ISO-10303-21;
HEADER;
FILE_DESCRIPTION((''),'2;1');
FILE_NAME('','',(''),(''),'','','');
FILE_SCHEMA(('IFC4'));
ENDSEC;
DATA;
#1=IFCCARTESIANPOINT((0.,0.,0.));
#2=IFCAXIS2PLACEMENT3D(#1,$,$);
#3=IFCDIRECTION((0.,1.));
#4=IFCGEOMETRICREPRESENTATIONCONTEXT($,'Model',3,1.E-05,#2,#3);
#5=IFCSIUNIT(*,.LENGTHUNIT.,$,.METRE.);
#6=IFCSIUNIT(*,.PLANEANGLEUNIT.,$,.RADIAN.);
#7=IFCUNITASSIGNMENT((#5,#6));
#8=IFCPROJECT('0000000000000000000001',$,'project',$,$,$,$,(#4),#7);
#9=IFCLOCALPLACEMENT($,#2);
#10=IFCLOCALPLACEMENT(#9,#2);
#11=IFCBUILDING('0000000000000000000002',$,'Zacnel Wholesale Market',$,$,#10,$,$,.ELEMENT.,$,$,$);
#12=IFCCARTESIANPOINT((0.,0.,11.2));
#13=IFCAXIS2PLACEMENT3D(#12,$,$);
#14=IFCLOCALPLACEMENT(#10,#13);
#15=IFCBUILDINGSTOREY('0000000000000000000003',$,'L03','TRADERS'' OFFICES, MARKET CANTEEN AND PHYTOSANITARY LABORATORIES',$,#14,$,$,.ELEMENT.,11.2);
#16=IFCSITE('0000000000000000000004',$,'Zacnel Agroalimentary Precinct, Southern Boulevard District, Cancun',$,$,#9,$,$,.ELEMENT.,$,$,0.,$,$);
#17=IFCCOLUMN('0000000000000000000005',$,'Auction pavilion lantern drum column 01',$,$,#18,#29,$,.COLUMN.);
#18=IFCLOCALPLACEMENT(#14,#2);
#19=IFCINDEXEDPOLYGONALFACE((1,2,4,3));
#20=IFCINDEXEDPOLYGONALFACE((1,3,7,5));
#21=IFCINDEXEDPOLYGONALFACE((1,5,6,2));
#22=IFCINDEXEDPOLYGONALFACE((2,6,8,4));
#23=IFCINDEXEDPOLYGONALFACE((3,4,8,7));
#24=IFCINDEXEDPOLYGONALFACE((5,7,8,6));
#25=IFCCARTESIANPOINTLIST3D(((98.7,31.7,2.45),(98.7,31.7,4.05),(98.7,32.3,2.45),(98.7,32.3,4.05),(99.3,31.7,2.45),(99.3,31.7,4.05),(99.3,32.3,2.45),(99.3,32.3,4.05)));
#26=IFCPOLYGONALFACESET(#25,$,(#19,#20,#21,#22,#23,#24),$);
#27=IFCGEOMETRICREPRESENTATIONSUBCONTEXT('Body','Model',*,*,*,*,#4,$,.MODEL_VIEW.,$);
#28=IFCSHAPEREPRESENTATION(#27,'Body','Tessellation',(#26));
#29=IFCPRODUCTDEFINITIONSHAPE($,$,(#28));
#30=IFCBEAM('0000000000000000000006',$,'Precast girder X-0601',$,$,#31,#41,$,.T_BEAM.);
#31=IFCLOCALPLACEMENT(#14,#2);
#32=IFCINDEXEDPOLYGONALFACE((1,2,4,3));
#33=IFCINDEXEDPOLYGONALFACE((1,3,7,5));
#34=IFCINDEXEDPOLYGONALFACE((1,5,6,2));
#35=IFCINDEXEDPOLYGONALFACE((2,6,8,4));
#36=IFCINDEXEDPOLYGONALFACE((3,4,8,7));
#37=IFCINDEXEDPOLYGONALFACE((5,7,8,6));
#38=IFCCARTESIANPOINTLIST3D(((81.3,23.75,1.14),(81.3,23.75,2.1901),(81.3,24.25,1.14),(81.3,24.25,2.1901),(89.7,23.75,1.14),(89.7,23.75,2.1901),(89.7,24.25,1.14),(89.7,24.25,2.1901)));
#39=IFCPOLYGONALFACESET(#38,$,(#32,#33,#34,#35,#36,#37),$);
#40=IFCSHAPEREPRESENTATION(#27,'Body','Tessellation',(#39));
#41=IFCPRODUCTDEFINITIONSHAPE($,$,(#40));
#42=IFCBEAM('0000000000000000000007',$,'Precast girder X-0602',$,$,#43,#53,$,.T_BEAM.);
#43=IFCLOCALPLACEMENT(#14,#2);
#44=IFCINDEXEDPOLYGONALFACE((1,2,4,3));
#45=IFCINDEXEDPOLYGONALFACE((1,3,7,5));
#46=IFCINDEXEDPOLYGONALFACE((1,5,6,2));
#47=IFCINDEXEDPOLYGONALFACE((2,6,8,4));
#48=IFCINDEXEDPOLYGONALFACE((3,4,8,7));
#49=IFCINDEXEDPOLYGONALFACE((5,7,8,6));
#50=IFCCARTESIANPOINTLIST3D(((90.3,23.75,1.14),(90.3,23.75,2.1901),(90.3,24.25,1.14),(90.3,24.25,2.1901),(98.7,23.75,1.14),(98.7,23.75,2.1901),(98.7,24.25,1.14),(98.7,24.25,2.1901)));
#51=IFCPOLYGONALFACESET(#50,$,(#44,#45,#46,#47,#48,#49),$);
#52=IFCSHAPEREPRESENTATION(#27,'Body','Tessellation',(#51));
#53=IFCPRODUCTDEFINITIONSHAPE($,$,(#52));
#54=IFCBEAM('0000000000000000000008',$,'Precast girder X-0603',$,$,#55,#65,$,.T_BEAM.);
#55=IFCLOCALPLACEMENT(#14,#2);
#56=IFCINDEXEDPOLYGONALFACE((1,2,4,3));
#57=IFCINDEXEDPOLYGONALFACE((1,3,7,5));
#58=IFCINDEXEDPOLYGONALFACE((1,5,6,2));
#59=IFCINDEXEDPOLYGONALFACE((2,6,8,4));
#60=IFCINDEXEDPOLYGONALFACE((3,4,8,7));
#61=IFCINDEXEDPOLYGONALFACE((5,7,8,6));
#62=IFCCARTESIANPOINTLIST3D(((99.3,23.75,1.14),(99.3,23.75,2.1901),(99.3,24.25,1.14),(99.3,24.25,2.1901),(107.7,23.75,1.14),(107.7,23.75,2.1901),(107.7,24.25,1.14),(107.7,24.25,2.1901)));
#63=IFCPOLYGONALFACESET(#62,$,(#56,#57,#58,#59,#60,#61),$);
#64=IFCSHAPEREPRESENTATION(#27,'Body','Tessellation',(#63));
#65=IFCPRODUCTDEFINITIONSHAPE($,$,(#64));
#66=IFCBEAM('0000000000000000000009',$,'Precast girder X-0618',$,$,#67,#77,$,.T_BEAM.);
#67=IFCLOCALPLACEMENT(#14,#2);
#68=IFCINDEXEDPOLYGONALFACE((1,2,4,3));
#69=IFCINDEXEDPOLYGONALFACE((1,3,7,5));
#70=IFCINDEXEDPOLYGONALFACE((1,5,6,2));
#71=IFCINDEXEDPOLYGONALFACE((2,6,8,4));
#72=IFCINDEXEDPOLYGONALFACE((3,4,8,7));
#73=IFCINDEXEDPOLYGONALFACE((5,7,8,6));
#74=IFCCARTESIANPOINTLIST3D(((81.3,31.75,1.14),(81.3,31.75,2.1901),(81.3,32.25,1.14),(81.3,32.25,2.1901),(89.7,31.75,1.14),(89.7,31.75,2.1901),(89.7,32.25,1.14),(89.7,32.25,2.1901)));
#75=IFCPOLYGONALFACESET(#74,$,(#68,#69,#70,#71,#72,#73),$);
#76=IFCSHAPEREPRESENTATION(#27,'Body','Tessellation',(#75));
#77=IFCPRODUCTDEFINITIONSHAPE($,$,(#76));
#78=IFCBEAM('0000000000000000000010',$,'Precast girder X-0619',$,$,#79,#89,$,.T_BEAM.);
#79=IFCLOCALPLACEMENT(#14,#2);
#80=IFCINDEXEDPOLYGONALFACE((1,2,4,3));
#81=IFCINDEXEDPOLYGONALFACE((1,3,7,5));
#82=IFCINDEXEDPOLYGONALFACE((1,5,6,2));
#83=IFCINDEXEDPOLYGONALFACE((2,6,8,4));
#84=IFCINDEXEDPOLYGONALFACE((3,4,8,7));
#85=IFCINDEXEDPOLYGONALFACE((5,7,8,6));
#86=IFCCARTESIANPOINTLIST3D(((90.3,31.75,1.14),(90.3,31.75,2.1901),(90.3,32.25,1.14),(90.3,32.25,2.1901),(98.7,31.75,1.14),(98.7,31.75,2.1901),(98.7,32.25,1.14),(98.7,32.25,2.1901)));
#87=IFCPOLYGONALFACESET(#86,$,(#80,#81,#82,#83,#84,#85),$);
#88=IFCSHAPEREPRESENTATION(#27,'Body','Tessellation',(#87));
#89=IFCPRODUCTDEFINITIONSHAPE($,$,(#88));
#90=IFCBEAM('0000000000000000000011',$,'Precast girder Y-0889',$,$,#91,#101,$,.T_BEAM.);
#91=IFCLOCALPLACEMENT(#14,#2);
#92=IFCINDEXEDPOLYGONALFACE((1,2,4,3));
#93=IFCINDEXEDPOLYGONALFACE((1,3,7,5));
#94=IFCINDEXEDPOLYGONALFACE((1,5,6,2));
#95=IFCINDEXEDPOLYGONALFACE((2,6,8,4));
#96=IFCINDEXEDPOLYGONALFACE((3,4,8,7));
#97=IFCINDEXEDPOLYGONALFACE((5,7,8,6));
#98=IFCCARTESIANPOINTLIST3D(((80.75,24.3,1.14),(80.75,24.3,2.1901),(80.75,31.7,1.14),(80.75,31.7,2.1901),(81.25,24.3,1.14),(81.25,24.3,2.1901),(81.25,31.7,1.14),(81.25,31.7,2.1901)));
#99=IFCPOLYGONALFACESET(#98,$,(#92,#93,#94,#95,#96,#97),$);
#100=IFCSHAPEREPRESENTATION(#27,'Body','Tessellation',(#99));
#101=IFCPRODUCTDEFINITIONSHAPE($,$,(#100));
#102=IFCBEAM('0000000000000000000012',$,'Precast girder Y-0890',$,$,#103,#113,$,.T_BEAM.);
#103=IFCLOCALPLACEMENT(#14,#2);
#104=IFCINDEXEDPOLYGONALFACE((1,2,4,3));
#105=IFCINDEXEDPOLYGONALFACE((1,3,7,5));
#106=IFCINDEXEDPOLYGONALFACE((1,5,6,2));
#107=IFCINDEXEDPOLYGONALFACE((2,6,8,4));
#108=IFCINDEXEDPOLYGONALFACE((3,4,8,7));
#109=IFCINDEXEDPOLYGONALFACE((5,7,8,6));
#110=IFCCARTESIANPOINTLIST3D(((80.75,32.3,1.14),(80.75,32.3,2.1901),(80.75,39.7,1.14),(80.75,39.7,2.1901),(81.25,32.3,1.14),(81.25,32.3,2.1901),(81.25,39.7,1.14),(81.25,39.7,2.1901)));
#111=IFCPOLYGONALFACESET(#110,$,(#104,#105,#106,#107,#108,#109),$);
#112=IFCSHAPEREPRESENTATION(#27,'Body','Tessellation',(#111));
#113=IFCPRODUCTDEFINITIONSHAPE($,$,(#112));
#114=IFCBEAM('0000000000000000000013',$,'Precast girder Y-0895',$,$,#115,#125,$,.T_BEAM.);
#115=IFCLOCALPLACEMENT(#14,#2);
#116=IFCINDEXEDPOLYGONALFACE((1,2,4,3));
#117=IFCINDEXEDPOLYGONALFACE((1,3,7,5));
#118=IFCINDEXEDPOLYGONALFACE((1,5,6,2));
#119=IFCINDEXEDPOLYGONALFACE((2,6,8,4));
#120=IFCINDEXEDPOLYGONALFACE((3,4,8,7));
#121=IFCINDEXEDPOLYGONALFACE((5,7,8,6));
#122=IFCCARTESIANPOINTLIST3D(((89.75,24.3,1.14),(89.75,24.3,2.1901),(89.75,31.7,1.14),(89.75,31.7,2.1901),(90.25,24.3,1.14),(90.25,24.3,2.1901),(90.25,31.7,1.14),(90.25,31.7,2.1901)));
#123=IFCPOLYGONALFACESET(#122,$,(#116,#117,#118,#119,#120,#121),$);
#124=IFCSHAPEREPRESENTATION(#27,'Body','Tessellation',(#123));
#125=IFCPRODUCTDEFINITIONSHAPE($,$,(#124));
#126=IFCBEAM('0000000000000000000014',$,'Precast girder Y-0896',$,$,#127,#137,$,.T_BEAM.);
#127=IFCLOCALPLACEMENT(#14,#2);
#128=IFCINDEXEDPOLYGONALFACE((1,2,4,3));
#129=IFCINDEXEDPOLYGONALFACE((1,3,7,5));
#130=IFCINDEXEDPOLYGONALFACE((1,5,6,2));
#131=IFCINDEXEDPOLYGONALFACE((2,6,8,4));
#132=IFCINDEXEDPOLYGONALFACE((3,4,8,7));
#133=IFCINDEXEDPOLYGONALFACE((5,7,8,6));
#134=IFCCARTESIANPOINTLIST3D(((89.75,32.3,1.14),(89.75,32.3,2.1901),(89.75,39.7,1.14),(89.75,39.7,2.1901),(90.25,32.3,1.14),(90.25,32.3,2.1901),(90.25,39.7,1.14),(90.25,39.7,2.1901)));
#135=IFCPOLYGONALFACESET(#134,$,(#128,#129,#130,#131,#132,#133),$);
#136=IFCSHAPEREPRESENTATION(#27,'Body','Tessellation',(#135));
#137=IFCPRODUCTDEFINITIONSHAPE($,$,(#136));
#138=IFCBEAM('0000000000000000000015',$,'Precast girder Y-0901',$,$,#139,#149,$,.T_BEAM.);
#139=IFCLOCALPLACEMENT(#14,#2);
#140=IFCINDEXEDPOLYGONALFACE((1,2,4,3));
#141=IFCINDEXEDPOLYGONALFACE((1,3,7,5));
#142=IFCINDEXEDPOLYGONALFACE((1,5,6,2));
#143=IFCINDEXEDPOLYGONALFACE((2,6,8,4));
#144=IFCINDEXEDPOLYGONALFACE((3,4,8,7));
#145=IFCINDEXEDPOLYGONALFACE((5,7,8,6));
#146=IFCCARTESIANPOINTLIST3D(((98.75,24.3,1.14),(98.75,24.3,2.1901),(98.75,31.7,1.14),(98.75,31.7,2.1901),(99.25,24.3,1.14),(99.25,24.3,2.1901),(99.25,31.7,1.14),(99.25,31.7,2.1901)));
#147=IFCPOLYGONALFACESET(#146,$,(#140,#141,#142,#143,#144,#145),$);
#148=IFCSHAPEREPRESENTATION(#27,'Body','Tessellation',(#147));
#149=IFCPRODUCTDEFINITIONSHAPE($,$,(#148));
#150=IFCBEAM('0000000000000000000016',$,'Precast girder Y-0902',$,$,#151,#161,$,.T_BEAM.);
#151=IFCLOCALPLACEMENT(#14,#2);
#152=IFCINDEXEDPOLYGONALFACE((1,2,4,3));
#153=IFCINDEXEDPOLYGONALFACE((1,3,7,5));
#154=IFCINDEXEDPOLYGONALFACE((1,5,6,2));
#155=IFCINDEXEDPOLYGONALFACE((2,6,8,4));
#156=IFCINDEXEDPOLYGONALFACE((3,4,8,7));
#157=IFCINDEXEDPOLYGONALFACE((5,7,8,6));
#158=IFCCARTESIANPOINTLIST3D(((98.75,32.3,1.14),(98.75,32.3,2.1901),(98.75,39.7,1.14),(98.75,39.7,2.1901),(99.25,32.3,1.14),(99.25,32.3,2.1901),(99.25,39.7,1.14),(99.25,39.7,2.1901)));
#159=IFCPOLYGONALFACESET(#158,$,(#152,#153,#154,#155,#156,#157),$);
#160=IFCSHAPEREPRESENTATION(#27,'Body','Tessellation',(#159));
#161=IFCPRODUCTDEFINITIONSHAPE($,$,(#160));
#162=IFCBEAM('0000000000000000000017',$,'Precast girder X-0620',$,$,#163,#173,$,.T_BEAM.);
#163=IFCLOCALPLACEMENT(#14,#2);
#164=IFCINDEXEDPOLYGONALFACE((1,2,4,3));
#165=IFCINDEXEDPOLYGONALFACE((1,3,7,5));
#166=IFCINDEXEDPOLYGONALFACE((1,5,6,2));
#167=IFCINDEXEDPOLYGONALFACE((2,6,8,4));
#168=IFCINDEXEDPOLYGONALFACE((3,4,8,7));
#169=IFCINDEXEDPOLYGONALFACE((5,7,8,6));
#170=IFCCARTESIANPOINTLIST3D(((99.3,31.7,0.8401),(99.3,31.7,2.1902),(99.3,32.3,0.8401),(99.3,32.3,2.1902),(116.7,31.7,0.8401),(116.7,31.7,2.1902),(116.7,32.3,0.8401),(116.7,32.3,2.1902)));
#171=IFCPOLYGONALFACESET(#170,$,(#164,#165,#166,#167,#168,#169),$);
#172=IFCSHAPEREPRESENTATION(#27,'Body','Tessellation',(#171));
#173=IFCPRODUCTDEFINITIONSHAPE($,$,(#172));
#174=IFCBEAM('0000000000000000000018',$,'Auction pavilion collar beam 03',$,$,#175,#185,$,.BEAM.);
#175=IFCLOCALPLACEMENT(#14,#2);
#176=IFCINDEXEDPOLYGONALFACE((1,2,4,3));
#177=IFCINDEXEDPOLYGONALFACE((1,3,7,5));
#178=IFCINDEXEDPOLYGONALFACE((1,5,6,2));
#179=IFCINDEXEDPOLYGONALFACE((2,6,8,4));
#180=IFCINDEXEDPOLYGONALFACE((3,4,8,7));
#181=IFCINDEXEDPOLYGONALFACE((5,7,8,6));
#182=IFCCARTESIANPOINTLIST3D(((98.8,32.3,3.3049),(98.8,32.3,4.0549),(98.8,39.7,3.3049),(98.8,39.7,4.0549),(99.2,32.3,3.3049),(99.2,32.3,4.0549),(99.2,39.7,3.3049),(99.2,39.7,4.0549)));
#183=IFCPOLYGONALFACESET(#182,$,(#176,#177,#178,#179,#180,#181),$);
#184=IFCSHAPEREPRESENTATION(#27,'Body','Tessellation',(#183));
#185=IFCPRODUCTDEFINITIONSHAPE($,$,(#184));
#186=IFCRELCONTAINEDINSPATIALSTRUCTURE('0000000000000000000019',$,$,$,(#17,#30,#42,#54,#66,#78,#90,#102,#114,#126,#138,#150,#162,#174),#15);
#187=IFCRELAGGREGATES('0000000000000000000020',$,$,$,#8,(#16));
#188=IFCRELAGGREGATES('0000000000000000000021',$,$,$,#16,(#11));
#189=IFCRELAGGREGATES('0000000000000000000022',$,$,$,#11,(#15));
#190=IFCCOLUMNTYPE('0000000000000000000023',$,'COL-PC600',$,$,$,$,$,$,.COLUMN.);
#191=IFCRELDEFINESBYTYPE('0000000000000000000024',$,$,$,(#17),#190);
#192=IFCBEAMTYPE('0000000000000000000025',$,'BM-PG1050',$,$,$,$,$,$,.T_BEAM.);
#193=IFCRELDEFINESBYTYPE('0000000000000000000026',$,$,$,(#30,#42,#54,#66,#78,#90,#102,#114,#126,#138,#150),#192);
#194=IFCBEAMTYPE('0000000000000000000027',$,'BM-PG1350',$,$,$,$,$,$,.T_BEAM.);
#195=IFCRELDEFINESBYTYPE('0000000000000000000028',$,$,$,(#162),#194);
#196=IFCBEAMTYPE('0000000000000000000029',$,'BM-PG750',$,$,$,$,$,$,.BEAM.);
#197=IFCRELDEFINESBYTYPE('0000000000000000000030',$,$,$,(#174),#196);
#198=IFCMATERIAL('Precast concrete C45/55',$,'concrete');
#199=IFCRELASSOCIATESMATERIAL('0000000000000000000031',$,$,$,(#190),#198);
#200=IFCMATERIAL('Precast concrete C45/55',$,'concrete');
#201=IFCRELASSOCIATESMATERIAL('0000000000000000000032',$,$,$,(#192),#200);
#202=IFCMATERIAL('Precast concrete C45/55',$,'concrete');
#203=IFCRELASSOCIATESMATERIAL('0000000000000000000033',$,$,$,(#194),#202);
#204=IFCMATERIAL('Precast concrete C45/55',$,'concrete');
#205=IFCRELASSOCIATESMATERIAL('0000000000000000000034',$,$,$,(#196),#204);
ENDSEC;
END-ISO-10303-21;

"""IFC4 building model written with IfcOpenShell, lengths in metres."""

from ifc_helpers import new_model, si_unit, direction, frame, origin, origin_2d, place, context, subcontext, project, spatial, rectangle, extrude, material, material_profile, profile_set, type_object, element, save


model = new_model("IFC4")

# Units and contexts
model_context = context("Model", 3, precision=1e-05, world=origin(), true_north=direction((0.0, 1.0)))
body_context = subcontext(model_context, "Body", "Model", "MODEL_VIEW")
ifc_project = project(units=[si_unit("LENGTHUNIT", "METRE"), si_unit("PLANEANGLEUNIT", "RADIAN")], contexts=[model_context])

# Site, building, storey
site_placement = place(None, origin())
site = spatial("IfcSite", under=ifc_project, at=site_placement, Name="Zacnel Agroalimentary Precinct, Southern Boulevard District, Cancun", CompositionType="ELEMENT", RefElevation=0.0)
building_placement = place(site_placement, origin())
building = spatial("IfcBuilding", under=site, at=building_placement, Name="Zacnel Wholesale Market", CompositionType="ELEMENT")
storey_placement = place(building_placement, frame((0.0, 0.0, 11.2)))
storey = spatial("IfcBuildingStorey", under=building, at=storey_placement, Name="L03", Description="TRADERS' OFFICES, MARKET CANTEEN AND PHYTOSANITARY LABORATORIES", CompositionType="ELEMENT", Elevation=11.2)

# Column
ifc_material_1 = material(Name="Precast concrete C45/55", Category="concrete")
ifc_material_profile_1 = material_profile(ifc_material_1, rectangle(XDim=0.6001, YDim=0.6001, at=origin_2d()), Name="PC 600x600")
ifc_profile_set_1 = profile_set([ifc_material_profile_1], Name="Precast concrete C45/55")
column_type = type_object("IfcColumnType", Name="COL-PC600", PredefinedType="COLUMN", material=ifc_profile_set_1)
column_placement = place(storey_placement, frame((99.0, 32.0, 2.45), z_axis=(0.0, 0.0, 1.0), x_axis=(1.0, 0.0, 0.0)))
element("IfcColumn", 1, at=column_placement, inside=storey, type_object=column_type, Name="Auction pavilion lantern drum column 01", PredefinedType="COLUMN", context=body_context, shape_type="SweptSolid", body=[
    extrude(rectangle(XDim=0.6001, YDim=0.6001, at=origin_2d()), origin(), (0.0, 0.0, 1.0), 1.6001),
])

# Beams
ifc_material_2 = material(Name="Precast concrete C45/55", Category="concrete")
ifc_material_profile_2 = material_profile(ifc_material_2, rectangle(XDim=0.5, YDim=1.05, at=origin_2d()), Name="PG 500x1050")
ifc_profile_set_2 = profile_set([ifc_material_profile_2], Name="Precast concrete C45/55")
beam_type_1 = type_object("IfcBeamType", Name="BM-PG1050", PredefinedType="T_BEAM", material=ifc_profile_set_2)
for number, where, z_axis, x_axis, name in (
    (2, (81.3, 24.0, 1.665), (1.0, 0.0, 0.0), (0.0, 1.0, 0.0), "Precast girder X-0601"),
    (3, (90.3, 24.0, 1.665), (1.0, 0.0, 0.0), (0.0, 1.0, 0.0), "Precast girder X-0602"),
    (4, (99.3, 24.0, 1.665), (1.0, 0.0, 0.0), (0.0, 1.0, 0.0), "Precast girder X-0603"),
    (5, (81.3, 32.0, 1.665), (1.0, 0.0, 0.0), (0.0, 1.0, 0.0), "Precast girder X-0618"),
    (6, (90.3, 32.0, 1.665), (1.0, 0.0, 0.0), (0.0, 1.0, 0.0), "Precast girder X-0619"),
):
    element("IfcBeam", number, at=place(storey_placement, frame(where, z_axis=z_axis, x_axis=x_axis)), inside=storey, type_object=beam_type_1, Name=name, PredefinedType="T_BEAM", context=body_context, shape_type="SweptSolid", body=[
        extrude(rectangle(XDim=0.5, YDim=1.05, at=origin_2d()), origin(), (0.0, 0.0, 1.0), 8.3999),
    ])
for number, where, z_axis, x_axis, name in (
    (7, (81.0, 24.3, 1.665), (0.0, 1.0, 0.0), (-1.0, 0.0, 0.0), "Precast girder Y-0889"),
    (8, (81.0, 32.3, 1.665), (0.0, 1.0, 0.0), (-1.0, 0.0, 0.0), "Precast girder Y-0890"),
    (9, (90.0, 24.3, 1.665), (0.0, 1.0, 0.0), (-1.0, 0.0, 0.0), "Precast girder Y-0895"),
    (10, (90.0, 32.3, 1.665), (0.0, 1.0, 0.0), (-1.0, 0.0, 0.0), "Precast girder Y-0896"),
    (11, (99.0, 24.3, 1.665), (0.0, 1.0, 0.0), (-1.0, 0.0, 0.0), "Precast girder Y-0901"),
    (12, (99.0, 32.3, 1.665), (0.0, 1.0, 0.0), (-1.0, 0.0, 0.0), "Precast girder Y-0902"),
):
    element("IfcBeam", number, at=place(storey_placement, frame(where, z_axis=z_axis, x_axis=x_axis)), inside=storey, type_object=beam_type_1, Name=name, PredefinedType="T_BEAM", context=body_context, shape_type="SweptSolid", body=[
        extrude(rectangle(XDim=0.5, YDim=1.05, at=origin_2d()), origin(), (0.0, 0.0, 1.0), 7.3999),
    ])
ifc_material_3 = material(Name="Precast concrete C45/55", Category="concrete")
ifc_material_profile_3 = material_profile(ifc_material_3, rectangle(XDim=0.6001, YDim=1.3501, at=origin_2d()), Name="PG 600x1350")
ifc_profile_set_3 = profile_set([ifc_material_profile_3], Name="Precast concrete C45/55")
beam_type_2 = type_object("IfcBeamType", Name="BM-PG1350", PredefinedType="T_BEAM", material=ifc_profile_set_3)
beam_1_placement = place(storey_placement, frame((99.3, 32.0, 1.5151), z_axis=(1.0, 0.0, 0.0), x_axis=(0.0, 1.0, 0.0)))
element("IfcBeam", 13, at=beam_1_placement, inside=storey, type_object=beam_type_2, Name="Precast girder X-0620", PredefinedType="T_BEAM", context=body_context, shape_type="SweptSolid", body=[
    extrude(rectangle(XDim=0.6001, YDim=1.3501, at=origin_2d()), origin(), (0.0, 0.0, 1.0), 17.3999),
])
ifc_material_4 = material(Name="Precast concrete C45/55", Category="concrete")
ifc_material_profile_4 = material_profile(ifc_material_4, rectangle(XDim=0.3999, YDim=0.75, at=origin_2d()), Name="PG 400x750")
ifc_profile_set_4 = profile_set([ifc_material_profile_4], Name="Precast concrete C45/55")
beam_type_3 = type_object("IfcBeamType", Name="BM-PG750", PredefinedType="BEAM", material=ifc_profile_set_4)
beam_2_placement = place(storey_placement, frame((99.0, 32.3, 3.6799), z_axis=(0.0, 1.0, 0.0), x_axis=(-1.0, 0.0, 0.0)))
element("IfcBeam", 14, at=beam_2_placement, inside=storey, type_object=beam_type_3, Name="Auction pavilion collar beam 03", PredefinedType="BEAM", context=body_context, shape_type="SweptSolid", body=[
    extrude(rectangle(XDim=0.3999, YDim=0.75, at=origin_2d()), origin(), (0.0, 0.0, 1.0), 7.3999),
])

save(model, "model.ifc")
